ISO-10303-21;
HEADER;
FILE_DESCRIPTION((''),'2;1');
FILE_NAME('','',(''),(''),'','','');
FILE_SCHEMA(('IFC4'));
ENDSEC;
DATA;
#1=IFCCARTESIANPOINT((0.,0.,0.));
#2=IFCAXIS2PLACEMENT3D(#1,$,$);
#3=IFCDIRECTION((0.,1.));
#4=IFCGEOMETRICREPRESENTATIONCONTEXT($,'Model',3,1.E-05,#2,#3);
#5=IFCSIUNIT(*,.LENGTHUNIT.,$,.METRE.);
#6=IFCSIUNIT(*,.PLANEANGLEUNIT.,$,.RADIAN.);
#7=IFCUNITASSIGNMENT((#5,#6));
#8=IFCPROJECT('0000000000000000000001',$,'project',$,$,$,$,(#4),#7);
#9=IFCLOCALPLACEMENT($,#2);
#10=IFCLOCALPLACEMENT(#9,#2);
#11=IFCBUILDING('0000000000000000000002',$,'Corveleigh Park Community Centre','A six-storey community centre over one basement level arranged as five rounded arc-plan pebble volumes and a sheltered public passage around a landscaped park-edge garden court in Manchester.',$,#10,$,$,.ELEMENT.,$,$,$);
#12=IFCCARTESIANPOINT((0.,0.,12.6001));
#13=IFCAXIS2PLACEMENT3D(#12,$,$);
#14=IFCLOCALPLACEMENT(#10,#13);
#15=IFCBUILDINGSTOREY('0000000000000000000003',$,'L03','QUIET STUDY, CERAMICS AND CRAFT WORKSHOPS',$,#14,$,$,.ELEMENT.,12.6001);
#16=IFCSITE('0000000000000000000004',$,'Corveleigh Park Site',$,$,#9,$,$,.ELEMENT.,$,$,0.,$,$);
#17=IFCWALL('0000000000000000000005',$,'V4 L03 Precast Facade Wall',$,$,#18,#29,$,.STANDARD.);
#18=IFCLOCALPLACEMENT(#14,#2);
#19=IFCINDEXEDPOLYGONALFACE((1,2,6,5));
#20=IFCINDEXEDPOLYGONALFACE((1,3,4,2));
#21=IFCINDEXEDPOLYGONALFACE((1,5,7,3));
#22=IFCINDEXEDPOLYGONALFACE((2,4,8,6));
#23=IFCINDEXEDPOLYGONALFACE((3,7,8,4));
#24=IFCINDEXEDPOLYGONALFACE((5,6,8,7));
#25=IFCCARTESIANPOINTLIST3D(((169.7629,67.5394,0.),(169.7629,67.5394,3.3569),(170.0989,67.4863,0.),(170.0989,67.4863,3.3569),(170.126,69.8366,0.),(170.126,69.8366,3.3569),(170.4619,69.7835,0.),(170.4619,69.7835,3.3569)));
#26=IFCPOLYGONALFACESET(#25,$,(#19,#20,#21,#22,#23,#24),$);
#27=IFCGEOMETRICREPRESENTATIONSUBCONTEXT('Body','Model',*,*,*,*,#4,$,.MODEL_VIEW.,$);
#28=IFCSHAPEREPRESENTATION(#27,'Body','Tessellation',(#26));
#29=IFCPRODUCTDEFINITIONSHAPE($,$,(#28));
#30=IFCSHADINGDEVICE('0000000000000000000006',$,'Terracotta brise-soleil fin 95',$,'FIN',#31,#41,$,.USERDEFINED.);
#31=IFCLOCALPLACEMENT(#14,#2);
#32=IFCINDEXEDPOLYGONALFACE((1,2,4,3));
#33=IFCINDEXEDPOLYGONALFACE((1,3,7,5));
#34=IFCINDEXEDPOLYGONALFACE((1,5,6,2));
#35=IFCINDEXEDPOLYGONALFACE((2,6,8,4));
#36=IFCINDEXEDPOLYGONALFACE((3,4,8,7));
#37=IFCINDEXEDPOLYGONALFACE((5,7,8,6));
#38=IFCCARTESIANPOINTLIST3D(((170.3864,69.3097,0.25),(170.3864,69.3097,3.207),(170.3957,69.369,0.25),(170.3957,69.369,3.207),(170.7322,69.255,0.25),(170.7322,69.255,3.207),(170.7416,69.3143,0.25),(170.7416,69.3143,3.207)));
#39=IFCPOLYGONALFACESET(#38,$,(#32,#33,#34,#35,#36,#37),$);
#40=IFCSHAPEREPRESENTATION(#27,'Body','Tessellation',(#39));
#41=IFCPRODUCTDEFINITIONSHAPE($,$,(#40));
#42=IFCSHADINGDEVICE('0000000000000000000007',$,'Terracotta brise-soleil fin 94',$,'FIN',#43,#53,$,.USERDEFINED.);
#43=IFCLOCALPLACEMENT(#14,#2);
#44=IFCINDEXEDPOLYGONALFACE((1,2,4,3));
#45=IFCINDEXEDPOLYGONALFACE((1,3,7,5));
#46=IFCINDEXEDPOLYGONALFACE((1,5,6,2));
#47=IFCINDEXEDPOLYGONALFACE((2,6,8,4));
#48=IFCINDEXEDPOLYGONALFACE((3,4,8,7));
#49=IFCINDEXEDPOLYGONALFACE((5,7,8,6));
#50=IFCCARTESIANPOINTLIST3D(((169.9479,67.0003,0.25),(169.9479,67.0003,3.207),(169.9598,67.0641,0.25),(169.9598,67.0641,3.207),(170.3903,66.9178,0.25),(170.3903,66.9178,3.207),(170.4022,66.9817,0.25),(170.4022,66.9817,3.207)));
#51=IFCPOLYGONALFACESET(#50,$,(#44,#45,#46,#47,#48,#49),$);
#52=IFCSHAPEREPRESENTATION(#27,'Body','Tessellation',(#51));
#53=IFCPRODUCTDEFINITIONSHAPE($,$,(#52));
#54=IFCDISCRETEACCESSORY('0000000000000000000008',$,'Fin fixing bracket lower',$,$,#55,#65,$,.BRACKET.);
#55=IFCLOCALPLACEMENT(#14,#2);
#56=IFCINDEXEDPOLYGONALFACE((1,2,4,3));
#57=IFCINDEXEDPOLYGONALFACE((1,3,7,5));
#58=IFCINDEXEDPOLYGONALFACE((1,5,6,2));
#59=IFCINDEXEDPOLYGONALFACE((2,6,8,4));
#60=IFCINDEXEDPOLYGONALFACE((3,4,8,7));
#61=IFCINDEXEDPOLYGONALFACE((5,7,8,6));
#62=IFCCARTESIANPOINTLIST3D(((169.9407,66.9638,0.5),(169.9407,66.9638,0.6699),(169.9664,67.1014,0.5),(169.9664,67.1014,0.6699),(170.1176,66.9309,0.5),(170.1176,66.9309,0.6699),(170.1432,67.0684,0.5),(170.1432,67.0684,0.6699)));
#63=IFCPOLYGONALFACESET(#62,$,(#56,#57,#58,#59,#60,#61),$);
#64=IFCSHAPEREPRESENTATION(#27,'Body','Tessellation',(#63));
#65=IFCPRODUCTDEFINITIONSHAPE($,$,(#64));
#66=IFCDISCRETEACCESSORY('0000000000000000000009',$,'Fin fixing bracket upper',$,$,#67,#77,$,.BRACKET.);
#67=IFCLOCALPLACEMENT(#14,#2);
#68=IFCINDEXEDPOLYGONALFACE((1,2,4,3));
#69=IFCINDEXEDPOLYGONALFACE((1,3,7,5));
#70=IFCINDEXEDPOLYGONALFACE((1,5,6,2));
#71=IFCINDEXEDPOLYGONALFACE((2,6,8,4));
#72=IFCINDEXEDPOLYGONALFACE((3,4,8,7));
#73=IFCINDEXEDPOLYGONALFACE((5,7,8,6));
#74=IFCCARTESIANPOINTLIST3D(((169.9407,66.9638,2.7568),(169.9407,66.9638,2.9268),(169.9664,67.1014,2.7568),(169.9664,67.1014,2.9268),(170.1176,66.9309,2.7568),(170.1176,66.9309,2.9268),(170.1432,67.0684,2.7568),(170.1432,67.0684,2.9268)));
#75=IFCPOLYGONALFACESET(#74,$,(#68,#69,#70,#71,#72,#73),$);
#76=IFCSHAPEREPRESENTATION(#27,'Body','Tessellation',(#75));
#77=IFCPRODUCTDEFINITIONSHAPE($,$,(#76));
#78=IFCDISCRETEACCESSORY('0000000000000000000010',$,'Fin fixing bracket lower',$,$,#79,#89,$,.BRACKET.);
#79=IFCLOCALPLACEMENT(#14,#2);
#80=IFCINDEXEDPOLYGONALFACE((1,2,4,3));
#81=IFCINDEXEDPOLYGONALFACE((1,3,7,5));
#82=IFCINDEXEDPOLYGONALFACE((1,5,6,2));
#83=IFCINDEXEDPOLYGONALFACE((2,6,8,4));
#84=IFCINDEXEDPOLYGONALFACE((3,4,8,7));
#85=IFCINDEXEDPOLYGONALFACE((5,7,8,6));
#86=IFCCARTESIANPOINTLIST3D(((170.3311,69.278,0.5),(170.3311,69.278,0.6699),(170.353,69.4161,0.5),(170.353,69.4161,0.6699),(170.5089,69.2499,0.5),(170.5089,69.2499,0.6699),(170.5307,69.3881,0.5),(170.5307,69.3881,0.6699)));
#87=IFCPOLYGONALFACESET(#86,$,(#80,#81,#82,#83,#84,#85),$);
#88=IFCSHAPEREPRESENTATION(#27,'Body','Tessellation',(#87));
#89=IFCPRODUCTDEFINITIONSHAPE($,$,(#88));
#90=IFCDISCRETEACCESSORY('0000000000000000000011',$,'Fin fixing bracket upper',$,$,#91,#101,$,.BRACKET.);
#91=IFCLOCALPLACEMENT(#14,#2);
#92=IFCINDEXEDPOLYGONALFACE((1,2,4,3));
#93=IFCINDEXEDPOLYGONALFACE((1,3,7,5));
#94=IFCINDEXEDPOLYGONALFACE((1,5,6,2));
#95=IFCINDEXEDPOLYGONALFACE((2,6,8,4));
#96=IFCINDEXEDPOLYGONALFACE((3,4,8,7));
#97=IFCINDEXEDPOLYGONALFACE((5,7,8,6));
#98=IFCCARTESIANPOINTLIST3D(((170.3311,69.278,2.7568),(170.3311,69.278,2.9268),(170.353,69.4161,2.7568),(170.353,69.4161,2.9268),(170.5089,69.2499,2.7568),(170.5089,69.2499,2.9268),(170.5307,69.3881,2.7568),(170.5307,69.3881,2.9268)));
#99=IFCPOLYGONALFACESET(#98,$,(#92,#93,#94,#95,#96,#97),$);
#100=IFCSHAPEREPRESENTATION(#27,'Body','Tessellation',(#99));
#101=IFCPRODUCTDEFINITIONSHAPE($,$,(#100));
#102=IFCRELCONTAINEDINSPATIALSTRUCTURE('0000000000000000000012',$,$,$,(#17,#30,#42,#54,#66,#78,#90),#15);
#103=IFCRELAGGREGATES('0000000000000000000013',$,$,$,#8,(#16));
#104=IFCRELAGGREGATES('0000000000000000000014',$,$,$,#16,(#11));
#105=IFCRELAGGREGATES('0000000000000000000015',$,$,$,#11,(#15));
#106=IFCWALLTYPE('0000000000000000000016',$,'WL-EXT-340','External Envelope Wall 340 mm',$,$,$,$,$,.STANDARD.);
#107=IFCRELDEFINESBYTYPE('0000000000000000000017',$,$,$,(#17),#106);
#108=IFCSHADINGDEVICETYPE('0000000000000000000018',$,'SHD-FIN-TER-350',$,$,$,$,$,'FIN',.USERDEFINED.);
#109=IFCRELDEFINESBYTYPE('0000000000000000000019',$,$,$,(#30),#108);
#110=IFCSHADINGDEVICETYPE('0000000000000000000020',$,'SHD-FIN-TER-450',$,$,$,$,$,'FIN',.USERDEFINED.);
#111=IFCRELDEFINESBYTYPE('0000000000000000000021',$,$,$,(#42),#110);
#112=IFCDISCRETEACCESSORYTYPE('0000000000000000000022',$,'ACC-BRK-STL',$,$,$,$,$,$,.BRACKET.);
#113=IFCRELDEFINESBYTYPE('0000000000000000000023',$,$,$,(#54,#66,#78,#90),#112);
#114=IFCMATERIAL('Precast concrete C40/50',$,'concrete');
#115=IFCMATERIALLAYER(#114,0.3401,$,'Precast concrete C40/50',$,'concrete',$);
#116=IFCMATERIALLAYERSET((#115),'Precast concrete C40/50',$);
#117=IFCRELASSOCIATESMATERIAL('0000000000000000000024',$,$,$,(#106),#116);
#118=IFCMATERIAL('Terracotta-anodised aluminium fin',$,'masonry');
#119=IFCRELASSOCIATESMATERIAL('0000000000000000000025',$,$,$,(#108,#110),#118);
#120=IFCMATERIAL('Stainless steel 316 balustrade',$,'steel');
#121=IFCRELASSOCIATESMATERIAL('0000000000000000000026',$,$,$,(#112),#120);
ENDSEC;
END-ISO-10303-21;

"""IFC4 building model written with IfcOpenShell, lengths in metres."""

from ifc_helpers import new_model, si_unit, direction, frame, frame_2d, origin, origin_2d, place, context, subcontext, project, spatial, rectangle, extrude, material, layer, layer_set, type_object, element, save


model = new_model("IFC4")

# Units and contexts
model_context = context("Model", 3, precision=1e-05, world=origin(), true_north=direction((0.0, 1.0)))
body_context = subcontext(model_context, "Body", "Model", "MODEL_VIEW")
ifc_project = project(units=[si_unit("LENGTHUNIT", "METRE"), si_unit("PLANEANGLEUNIT", "RADIAN")], contexts=[model_context])

# Site, building, storey
site_placement = place(None, origin())
site = spatial("IfcSite", under=ifc_project, at=site_placement, Name="Corveleigh Park Site", CompositionType="ELEMENT", RefElevation=0.0)
building_placement = place(site_placement, origin())
building = spatial("IfcBuilding", under=site, at=building_placement, Name="Corveleigh Park Community Centre", Description="A six-storey community centre over one basement level arranged as five rounded arc-plan pebble volumes and a sheltered public passage around a landscaped park-edge garden court in Manchester.", CompositionType="ELEMENT")
storey_placement = place(building_placement, frame((0.0, 0.0, 12.6001)))
storey = spatial("IfcBuildingStorey", under=building, at=storey_placement, Name="L03", Description="QUIET STUDY, CERAMICS AND CRAFT WORKSHOPS", CompositionType="ELEMENT", Elevation=12.6001)

# Wall
ifc_material_1 = material(Name="Precast concrete C40/50", Category="concrete")
ifc_layer_1 = layer(ifc_material_1, 0.3401, Name="Precast concrete C40/50", Category="concrete")
ifc_layer_set_1 = layer_set([ifc_layer_1], Name="Precast concrete C40/50")
wall_type_1 = type_object("IfcWallType", Name="WL-EXT-340", Description="External Envelope Wall 340 mm", PredefinedType="STANDARD", material=ifc_layer_set_1)
wall_1_placement = place(storey_placement, frame((170.2939, 69.8101, 0.0), z_axis=(0.0, 0.0, 1.0), x_axis=(-0.156103, -0.987741, 0.0)))
element("IfcWall", 1, at=wall_1_placement, inside=storey, type_object=wall_type_1, Name="V4 L03 Precast Facade Wall", PredefinedType="STANDARD", context=body_context, shape_type="SweptSolid", body=[
    extrude(rectangle(XDim=2.3257, YDim=0.3401, at=frame_2d((1.1628, 0.0))), origin(), (0.0, 0.0, 1.0), 3.3569),
])

# Shading devices
ifc_material_2 = material(Name="Terracotta-anodised aluminium fin", Category="masonry")
shading_device_type_1 = type_object("IfcShadingDeviceType", Name="SHD-FIN-TER-350", ElementType="FIN", PredefinedType="USERDEFINED", material=ifc_material_2)
shading_device_1_placement = place(storey_placement, frame((170.564, 69.312, 0.25), z_axis=(0.0, 0.0, 1.0), x_axis=(0.987742, -0.156095, 0.0)))
element("IfcShadingDevice", 2, at=shading_device_1_placement, inside=storey, type_object=shading_device_type_1, Name="Terracotta brise-soleil fin 95", ObjectType="FIN", PredefinedType="USERDEFINED", context=body_context, shape_type="SweptSolid", body=[
    extrude(rectangle(XDim=0.3501, YDim=0.0601, at=origin_2d()), origin(), (0.0, 0.0, 1.0), 2.957),
])
shading_device_type_2 = type_object("IfcShadingDeviceType", Name="SHD-FIN-TER-450", ElementType="FIN", PredefinedType="USERDEFINED", material=ifc_material_2)
shading_device_2_placement = place(storey_placement, frame((170.175, 66.991, 0.25), z_axis=(0.0, 0.0, 1.0), x_axis=(0.983076, -0.183198, 0.0)))
element("IfcShadingDevice", 3, at=shading_device_2_placement, inside=storey, type_object=shading_device_type_2, Name="Terracotta brise-soleil fin 94", ObjectType="FIN", PredefinedType="USERDEFINED", context=body_context, shape_type="SweptSolid", body=[
    extrude(rectangle(XDim=0.45, YDim=0.0649, at=origin_2d()), origin(), (0.0, 0.0, 1.0), 2.957),
])

# Discrete accessories
ifc_material_3 = material(Name="Stainless steel 316 balustrade", Category="steel")
discrete_accessory_type = type_object("IfcDiscreteAccessoryType", Name="ACC-BRK-STL", PredefinedType="BRACKET", material=ifc_material_3)
for number, where, z_axis, x_axis, name in (
    (4, (170.042, 67.0161, 0.5), (0.0, 0.0, 1.0), (0.983076, -0.183198, 0.0), "Fin fixing bracket lower"),
    (5, (170.042, 67.0161, 2.7568), (0.0, 0.0, 1.0), (0.983076, -0.183198, 0.0), "Fin fixing bracket upper"),
    (6, (170.4309, 69.333, 0.5), (0.0, 0.0, 1.0), (0.987742, -0.156095, 0.0), "Fin fixing bracket lower"),
    (7, (170.4309, 69.333, 2.7568), (0.0, 0.0, 1.0), (0.987742, -0.156095, 0.0), "Fin fixing bracket upper"),
):
    element("IfcDiscreteAccessory", number, at=place(storey_placement, frame(where, z_axis=z_axis, x_axis=x_axis)), inside=storey, type_object=discrete_accessory_type, Name=name, PredefinedType="BRACKET", context=body_context, shape_type="SweptSolid", body=[
        extrude(rectangle(XDim=0.1799, YDim=0.1399, at=origin_2d()), origin(), (0.0, 0.0, 1.0), 0.1699),
    ])

save(model, "model.ifc")
